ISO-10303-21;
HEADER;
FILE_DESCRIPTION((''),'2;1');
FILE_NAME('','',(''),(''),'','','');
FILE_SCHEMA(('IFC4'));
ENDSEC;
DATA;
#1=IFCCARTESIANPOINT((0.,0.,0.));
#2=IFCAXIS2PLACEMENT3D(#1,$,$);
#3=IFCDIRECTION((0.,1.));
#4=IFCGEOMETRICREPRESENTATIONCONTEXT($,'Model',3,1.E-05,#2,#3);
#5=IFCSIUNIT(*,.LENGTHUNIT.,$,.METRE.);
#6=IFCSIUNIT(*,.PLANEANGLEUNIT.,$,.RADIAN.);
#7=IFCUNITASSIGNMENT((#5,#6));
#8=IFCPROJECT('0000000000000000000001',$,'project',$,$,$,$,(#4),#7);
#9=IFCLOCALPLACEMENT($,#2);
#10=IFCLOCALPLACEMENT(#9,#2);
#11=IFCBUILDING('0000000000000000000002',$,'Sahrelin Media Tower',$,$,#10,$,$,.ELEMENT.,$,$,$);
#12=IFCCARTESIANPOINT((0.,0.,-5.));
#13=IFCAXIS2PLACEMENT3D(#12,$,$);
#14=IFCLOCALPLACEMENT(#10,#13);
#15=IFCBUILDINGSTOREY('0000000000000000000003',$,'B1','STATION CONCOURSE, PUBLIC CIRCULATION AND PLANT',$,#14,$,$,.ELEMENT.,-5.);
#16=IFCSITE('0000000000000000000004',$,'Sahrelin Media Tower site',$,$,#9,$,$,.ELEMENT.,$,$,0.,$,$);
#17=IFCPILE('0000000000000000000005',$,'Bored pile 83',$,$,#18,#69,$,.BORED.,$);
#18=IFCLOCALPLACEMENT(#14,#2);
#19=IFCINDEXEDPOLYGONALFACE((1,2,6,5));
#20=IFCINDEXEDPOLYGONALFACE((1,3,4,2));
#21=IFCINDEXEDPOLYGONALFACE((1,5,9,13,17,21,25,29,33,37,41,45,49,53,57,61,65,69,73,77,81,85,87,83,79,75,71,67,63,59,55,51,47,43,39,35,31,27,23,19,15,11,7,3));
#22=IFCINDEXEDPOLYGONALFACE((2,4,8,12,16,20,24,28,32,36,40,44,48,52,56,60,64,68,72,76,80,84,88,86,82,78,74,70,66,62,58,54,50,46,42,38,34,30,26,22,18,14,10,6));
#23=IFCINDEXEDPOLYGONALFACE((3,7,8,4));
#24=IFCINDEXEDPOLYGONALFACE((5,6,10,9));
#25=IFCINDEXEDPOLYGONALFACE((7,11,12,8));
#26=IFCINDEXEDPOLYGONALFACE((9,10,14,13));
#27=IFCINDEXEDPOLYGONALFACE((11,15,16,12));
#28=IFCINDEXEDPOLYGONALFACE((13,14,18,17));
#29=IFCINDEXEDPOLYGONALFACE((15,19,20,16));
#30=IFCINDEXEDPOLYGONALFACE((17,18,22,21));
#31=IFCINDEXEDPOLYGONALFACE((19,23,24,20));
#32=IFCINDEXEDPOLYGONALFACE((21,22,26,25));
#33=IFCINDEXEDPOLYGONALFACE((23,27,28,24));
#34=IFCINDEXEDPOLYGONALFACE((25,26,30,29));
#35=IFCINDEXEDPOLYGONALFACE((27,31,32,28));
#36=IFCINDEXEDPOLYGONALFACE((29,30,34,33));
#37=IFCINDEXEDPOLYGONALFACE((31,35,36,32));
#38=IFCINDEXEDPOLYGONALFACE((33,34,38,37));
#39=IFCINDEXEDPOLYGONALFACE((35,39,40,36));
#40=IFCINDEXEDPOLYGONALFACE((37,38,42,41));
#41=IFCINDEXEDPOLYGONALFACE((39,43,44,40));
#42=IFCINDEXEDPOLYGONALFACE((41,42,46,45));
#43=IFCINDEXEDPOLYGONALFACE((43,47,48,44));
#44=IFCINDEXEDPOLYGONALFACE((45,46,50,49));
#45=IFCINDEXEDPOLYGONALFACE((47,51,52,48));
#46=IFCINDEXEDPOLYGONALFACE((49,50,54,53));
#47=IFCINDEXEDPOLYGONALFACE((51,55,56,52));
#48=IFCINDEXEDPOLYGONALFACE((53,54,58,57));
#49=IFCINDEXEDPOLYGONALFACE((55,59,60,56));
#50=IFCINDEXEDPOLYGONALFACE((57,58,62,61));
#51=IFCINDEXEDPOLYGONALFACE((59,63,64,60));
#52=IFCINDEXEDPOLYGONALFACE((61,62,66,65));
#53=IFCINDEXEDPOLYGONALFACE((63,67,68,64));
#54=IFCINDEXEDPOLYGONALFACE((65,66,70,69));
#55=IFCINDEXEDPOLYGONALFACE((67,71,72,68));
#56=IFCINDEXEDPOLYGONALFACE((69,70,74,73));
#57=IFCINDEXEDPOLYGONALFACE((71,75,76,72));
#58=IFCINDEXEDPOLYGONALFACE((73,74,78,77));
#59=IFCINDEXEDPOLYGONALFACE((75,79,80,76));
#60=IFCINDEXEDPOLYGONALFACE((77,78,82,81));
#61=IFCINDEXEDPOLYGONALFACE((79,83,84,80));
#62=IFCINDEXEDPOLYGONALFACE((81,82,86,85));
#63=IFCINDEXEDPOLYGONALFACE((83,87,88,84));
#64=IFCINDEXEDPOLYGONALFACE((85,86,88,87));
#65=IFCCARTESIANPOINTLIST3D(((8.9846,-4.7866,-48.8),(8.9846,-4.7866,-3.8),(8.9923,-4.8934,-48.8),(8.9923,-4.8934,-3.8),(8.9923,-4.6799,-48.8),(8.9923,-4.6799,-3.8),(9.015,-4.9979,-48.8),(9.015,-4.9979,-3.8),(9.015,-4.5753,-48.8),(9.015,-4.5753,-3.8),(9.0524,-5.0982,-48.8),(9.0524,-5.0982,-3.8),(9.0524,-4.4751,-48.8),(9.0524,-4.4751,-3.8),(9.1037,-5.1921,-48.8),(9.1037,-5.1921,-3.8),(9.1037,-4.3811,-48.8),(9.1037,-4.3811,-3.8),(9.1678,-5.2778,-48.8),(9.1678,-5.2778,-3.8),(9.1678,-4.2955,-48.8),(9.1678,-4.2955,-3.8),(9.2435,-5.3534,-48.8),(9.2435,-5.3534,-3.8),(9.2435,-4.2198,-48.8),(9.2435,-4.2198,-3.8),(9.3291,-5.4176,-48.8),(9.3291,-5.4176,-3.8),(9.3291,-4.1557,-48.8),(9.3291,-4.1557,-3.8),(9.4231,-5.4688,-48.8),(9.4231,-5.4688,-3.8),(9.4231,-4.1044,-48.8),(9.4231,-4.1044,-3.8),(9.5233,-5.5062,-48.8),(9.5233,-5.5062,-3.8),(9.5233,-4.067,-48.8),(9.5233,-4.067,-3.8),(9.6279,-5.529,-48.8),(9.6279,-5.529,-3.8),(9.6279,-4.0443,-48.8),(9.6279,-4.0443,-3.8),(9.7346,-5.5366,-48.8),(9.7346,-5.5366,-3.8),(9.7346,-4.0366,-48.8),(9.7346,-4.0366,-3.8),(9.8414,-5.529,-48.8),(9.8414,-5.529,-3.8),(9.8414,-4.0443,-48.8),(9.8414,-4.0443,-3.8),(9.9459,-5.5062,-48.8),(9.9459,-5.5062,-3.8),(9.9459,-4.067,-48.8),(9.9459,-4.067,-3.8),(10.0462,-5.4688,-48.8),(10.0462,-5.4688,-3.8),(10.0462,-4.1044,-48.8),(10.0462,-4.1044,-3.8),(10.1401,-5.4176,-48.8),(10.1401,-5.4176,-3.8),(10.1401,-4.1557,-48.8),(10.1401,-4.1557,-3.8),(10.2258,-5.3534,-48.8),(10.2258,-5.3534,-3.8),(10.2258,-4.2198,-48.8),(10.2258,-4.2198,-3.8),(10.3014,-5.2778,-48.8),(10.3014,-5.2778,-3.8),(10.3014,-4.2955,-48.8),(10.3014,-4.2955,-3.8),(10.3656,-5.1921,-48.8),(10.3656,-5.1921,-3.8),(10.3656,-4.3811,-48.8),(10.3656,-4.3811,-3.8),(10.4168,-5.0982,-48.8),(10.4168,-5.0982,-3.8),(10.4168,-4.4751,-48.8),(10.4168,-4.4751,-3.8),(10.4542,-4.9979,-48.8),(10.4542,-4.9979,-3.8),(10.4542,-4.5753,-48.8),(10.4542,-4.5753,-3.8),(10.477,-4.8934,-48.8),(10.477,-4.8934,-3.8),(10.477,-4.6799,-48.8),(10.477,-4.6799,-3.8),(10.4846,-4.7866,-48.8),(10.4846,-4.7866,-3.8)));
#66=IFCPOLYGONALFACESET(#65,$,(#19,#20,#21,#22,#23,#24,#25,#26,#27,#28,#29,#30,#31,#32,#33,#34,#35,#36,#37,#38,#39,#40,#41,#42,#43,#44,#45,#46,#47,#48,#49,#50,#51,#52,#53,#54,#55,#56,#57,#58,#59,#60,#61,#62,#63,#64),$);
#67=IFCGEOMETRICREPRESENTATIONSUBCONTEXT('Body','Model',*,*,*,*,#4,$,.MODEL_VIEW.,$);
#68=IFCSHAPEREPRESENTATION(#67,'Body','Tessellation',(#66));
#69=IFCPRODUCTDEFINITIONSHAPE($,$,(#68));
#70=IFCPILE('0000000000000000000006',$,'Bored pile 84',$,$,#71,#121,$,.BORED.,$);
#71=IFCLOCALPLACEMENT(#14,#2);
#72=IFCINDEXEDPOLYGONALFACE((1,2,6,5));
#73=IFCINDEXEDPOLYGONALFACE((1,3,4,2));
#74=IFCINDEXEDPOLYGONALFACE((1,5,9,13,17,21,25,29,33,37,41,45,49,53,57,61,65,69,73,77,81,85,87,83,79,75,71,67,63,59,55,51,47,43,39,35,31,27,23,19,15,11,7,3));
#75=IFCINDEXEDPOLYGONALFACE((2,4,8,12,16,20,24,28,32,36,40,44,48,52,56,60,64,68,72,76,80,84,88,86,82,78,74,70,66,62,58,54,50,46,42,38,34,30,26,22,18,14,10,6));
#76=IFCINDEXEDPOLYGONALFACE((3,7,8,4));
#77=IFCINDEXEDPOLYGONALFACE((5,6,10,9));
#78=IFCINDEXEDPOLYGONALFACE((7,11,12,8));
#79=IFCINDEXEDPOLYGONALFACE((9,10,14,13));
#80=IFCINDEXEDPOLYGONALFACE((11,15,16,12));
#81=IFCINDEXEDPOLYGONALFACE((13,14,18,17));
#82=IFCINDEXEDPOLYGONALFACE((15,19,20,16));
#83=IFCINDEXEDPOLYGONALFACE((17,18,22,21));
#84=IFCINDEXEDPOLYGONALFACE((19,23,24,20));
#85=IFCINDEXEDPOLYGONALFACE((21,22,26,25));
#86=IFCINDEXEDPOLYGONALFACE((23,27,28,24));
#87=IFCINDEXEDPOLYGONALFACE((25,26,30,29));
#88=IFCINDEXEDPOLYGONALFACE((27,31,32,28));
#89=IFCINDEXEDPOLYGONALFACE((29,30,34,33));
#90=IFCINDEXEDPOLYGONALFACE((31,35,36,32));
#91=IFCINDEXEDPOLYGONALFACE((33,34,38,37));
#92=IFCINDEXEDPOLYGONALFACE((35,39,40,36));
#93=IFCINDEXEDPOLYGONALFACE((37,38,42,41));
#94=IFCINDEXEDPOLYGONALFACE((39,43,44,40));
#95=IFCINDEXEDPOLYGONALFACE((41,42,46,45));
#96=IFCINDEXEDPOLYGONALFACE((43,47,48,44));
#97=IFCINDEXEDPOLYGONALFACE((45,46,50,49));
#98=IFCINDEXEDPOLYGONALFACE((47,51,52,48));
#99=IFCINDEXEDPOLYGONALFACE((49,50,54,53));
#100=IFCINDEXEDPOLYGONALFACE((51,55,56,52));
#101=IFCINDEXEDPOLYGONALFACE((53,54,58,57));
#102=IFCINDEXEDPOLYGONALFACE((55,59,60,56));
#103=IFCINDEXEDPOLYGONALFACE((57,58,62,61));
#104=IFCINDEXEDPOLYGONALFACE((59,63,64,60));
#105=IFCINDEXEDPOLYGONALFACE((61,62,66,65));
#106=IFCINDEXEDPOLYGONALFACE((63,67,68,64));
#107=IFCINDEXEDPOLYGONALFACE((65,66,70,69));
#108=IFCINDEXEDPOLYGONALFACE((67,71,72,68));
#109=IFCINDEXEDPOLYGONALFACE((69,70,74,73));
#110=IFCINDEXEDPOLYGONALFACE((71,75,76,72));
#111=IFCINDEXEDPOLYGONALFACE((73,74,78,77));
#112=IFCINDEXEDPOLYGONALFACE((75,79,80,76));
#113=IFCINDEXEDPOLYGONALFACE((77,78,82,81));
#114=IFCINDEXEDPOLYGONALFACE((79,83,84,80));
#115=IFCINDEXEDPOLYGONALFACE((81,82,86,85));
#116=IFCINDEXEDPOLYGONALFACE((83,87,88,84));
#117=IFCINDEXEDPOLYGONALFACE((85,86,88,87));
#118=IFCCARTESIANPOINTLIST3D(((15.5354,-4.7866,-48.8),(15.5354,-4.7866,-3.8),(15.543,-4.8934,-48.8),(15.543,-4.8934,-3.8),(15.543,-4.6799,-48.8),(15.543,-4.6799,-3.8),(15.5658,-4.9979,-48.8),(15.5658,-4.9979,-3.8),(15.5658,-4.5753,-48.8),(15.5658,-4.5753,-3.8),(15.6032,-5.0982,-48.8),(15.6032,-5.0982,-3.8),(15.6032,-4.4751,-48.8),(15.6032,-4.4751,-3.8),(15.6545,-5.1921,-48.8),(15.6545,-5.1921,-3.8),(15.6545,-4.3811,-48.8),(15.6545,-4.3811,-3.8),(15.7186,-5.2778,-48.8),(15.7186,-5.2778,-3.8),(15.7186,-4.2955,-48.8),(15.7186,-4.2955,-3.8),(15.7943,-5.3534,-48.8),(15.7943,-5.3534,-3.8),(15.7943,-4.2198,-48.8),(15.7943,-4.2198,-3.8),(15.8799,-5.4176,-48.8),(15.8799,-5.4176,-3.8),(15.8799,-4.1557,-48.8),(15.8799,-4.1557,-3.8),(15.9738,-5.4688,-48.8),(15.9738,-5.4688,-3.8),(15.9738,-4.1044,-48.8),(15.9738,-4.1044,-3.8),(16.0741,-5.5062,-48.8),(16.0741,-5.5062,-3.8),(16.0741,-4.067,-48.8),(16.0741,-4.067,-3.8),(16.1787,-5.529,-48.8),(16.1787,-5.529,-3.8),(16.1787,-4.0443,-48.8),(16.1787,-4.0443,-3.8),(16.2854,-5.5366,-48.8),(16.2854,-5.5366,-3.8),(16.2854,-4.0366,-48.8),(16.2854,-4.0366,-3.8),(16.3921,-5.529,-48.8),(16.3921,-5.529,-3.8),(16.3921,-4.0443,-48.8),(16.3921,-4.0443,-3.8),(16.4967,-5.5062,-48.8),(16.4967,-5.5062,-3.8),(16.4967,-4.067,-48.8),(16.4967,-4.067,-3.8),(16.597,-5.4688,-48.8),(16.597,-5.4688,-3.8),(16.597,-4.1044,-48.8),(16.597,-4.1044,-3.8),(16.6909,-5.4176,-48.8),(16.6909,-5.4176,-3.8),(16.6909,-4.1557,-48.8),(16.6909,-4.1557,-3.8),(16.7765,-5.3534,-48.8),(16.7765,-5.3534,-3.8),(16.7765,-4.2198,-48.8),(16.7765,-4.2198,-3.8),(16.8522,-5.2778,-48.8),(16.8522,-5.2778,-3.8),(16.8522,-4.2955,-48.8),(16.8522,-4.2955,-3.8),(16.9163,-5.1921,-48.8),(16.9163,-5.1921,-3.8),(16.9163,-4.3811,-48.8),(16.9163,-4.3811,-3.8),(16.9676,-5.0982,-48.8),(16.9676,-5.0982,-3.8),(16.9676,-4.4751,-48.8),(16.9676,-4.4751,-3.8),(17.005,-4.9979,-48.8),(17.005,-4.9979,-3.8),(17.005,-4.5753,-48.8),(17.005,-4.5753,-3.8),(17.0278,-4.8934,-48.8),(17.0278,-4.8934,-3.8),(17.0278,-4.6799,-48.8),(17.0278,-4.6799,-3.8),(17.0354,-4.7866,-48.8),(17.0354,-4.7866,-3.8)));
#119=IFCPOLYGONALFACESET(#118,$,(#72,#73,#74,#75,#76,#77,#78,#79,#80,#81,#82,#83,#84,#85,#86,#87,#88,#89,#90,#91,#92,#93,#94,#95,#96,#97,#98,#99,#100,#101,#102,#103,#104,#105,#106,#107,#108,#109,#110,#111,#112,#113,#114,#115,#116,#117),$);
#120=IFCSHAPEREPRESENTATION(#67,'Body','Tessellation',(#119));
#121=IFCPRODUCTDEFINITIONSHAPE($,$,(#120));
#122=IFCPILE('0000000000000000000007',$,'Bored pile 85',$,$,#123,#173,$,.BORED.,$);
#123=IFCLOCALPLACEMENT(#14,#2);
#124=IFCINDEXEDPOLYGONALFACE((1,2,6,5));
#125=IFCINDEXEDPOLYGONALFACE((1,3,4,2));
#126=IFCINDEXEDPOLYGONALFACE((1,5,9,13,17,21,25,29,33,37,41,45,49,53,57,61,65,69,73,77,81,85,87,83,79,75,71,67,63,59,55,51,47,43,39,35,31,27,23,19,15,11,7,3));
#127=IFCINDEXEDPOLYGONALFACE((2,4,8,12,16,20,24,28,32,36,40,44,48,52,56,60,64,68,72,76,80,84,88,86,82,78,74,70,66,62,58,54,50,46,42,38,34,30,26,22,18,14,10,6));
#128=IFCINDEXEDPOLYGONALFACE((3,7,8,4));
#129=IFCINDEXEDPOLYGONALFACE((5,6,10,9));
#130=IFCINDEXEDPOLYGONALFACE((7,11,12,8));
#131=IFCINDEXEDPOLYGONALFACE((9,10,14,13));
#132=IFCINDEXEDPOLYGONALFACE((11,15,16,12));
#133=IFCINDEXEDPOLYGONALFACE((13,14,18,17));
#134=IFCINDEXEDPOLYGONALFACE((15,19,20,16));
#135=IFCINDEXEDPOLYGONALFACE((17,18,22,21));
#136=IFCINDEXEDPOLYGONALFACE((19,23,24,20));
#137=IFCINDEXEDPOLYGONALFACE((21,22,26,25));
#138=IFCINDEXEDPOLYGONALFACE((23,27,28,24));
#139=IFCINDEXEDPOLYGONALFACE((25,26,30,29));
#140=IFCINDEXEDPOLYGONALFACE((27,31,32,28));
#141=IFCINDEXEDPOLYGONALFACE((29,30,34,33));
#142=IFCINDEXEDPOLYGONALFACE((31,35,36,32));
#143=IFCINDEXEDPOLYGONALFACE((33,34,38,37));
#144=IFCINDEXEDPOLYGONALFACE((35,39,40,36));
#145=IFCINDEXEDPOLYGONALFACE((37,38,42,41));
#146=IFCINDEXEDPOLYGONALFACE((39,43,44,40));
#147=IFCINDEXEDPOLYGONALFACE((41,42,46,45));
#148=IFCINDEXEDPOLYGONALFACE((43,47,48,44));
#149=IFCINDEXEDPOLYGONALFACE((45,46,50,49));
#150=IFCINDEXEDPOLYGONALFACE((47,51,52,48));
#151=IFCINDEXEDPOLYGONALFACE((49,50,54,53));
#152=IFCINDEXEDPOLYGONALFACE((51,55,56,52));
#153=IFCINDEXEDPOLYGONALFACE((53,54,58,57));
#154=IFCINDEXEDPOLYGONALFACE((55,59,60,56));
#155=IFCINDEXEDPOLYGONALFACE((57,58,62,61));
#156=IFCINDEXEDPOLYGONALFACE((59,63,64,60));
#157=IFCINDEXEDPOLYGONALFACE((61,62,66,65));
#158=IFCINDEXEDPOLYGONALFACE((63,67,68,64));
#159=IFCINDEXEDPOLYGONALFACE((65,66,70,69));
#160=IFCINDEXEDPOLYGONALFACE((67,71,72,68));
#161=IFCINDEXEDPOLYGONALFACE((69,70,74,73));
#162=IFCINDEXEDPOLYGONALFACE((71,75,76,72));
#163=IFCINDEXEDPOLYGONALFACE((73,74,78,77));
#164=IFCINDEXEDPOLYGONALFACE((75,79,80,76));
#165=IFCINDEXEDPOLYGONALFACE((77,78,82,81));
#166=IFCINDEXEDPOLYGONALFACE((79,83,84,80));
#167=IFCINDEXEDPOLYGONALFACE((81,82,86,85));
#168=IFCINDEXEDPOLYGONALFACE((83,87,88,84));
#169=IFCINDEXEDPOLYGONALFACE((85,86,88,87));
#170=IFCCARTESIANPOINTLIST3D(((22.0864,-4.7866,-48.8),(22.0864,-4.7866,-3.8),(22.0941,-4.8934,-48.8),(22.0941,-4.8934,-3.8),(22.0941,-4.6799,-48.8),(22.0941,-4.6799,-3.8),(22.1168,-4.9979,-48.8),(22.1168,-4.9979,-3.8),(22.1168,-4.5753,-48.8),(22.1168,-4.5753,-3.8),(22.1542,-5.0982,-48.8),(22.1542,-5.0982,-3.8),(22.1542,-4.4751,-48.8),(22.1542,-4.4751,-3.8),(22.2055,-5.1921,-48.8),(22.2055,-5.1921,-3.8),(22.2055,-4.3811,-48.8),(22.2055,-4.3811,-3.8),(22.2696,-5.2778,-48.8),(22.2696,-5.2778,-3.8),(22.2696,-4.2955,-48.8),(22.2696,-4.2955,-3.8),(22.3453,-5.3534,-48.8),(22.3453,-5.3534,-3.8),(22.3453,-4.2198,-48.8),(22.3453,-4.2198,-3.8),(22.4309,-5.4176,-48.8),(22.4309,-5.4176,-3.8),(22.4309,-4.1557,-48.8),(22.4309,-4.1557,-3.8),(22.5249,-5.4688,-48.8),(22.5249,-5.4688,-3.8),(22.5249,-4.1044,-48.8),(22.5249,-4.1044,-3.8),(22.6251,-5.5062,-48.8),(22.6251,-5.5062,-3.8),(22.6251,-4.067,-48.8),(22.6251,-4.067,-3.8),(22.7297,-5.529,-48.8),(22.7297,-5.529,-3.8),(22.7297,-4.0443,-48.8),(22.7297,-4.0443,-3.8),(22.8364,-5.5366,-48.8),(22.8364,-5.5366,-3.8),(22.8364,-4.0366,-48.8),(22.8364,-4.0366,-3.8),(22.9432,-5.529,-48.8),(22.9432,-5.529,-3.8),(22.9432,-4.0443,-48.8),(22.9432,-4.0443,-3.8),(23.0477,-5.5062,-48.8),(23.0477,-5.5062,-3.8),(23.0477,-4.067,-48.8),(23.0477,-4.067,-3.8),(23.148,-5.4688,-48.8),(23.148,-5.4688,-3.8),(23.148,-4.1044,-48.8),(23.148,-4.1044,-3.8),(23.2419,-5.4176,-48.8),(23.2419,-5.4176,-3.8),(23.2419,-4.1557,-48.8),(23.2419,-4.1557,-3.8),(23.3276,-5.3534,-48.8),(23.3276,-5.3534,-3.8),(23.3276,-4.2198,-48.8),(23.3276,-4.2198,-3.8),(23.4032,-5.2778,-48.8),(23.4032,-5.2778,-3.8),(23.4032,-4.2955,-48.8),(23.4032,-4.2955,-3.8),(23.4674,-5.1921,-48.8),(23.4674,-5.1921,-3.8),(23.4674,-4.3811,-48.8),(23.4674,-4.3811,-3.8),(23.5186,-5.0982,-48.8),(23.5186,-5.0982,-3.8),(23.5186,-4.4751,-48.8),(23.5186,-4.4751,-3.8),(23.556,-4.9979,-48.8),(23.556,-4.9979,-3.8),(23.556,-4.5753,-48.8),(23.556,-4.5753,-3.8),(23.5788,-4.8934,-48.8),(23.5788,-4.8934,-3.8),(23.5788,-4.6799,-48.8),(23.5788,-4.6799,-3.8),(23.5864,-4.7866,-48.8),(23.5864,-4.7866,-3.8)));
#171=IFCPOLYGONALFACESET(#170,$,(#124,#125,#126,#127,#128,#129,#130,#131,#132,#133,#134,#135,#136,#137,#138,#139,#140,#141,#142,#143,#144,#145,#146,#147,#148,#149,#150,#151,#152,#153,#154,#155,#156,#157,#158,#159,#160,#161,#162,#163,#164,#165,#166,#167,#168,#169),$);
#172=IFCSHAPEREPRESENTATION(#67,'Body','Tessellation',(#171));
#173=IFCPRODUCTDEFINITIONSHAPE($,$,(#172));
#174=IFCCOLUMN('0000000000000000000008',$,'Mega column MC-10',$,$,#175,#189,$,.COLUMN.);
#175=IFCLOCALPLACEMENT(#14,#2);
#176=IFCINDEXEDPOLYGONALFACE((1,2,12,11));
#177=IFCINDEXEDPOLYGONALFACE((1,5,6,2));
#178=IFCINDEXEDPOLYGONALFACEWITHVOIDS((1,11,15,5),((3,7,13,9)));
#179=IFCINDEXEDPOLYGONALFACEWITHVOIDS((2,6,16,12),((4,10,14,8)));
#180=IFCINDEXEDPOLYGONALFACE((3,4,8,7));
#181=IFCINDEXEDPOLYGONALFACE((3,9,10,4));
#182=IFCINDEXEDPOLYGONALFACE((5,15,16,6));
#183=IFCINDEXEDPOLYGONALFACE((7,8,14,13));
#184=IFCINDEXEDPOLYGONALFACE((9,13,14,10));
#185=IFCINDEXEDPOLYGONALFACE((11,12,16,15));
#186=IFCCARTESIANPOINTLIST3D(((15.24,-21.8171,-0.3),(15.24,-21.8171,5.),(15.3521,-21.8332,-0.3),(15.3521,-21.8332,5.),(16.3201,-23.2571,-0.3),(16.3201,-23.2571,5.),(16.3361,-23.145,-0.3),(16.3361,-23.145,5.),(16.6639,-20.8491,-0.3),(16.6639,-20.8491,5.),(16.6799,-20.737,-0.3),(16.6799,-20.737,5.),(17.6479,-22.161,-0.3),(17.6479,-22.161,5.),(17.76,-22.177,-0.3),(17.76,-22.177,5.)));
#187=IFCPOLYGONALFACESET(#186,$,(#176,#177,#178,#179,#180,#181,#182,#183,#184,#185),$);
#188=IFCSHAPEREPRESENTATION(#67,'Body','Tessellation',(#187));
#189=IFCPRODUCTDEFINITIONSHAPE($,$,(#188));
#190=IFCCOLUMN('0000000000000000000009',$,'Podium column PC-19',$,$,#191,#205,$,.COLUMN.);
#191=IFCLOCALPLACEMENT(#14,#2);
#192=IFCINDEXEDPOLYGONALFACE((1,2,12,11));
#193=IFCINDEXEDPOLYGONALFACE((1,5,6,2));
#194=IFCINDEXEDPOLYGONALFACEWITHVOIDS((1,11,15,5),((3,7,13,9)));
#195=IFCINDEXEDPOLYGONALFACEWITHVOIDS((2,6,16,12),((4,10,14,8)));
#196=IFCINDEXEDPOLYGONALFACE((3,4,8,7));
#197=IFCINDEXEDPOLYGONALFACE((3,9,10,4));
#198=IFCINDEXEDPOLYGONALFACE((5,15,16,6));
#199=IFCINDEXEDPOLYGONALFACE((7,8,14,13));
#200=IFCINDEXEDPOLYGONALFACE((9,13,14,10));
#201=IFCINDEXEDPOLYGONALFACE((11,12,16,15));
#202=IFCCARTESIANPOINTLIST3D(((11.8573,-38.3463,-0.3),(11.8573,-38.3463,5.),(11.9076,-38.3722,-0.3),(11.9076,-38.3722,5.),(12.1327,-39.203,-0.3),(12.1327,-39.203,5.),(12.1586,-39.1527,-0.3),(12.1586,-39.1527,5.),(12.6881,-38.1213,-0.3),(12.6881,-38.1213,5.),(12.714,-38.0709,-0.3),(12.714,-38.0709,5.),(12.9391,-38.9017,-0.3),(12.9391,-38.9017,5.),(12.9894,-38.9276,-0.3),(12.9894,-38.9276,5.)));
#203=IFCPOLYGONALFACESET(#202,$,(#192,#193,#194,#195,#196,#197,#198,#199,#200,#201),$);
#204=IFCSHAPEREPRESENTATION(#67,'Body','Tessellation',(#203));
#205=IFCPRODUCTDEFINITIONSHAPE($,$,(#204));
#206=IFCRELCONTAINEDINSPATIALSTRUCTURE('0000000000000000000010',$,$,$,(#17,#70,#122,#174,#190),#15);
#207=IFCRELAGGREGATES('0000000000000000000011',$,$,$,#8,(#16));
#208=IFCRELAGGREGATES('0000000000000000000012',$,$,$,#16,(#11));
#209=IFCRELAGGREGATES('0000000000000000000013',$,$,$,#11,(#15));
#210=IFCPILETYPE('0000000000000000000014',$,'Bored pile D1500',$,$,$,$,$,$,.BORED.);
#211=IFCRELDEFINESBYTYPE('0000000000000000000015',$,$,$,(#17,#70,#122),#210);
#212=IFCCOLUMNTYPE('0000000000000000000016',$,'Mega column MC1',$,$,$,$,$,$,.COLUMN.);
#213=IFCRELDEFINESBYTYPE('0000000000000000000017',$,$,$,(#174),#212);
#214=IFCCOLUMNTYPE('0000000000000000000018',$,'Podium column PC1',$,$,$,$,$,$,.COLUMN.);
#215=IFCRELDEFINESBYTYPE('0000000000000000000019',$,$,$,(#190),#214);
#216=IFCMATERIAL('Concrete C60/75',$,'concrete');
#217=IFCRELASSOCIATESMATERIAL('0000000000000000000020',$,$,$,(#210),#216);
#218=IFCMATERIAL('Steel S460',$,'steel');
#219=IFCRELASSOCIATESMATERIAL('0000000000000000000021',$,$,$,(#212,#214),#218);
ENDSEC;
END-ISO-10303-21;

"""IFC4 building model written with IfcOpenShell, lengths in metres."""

from ifc_helpers import new_model, si_unit, direction, frame, origin, origin_2d, place, context, subcontext, project, spatial, hollow_rectangle, circle, extrude, material, material_profile, profile_set, type_object, element, save


model = new_model("IFC4")

# Units and contexts
model_context = context("Model", 3, precision=1e-05, world=origin(), true_north=direction((0.0, 1.0)))
body_context = subcontext(model_context, "Body", "Model", "MODEL_VIEW")
ifc_project = project(units=[si_unit("LENGTHUNIT", "METRE"), si_unit("PLANEANGLEUNIT", "RADIAN")], contexts=[model_context])

# Site, building, storey
site_placement = place(None, origin())
site = spatial("IfcSite", under=ifc_project, at=site_placement, Name="Sahrelin Media Tower site", CompositionType="ELEMENT", RefElevation=0.0)
building_placement = place(site_placement, origin())
building = spatial("IfcBuilding", under=site, at=building_placement, Name="Sahrelin Media Tower", CompositionType="ELEMENT")
storey_placement = place(building_placement, frame((0.0, 0.0, -5.0)))
storey = spatial("IfcBuildingStorey", under=building, at=storey_placement, Name="B1", Description="STATION CONCOURSE, PUBLIC CIRCULATION AND PLANT", CompositionType="ELEMENT", Elevation=-5.0)

# Piles
ifc_material_1 = material(Name="Concrete C60/75", Category="concrete")
ifc_material_profile_1 = material_profile(ifc_material_1, circle(Radius=0.75, at=origin_2d()), Name="Bored pile D1500")
ifc_profile_set_1 = profile_set([ifc_material_profile_1], Name="Concrete C60/75")
pile_type = type_object("IfcPileType", Name="Bored pile D1500", PredefinedType="BORED", material=ifc_profile_set_1)
for number, where, z_axis, x_axis, name in (
    (1, (9.7346, -4.7866, -3.8), (0.0, 0.0, -1.0), (1.0, 0.0, 0.0), "Bored pile 83"),
    (2, (16.2854, -4.7866, -3.8), (0.0, 0.0, -1.0), (1.0, 0.0, 0.0), "Bored pile 84"),
    (3, (22.8364, -4.7866, -3.8), (0.0, 0.0, -1.0), (1.0, 0.0, 0.0), "Bored pile 85"),
):
    element("IfcPile", number, at=place(storey_placement, frame(where, z_axis=z_axis, x_axis=x_axis)), inside=storey, type_object=pile_type, Name=name, PredefinedType="BORED", context=body_context, shape_type="SweptSolid", body=[
        extrude(circle(Radius=0.75, at=origin_2d()), origin(), (0.0, 0.0, 1.0), 45.0),
    ])

# Columns
ifc_material_2 = material(Name="Steel S460", Category="steel")
ifc_material_profile_2 = material_profile(ifc_material_2, hollow_rectangle(XDim=1.8, YDim=1.8, WallThickness=0.0801, at=origin_2d()), Name="Mega column MC1")
ifc_profile_set_2 = profile_set([ifc_material_profile_2], Name="Steel S460")
column_type_1 = type_object("IfcColumnType", Name="Mega column MC1", PredefinedType="COLUMN", material=ifc_profile_set_2)
column_1_placement = place(storey_placement, frame((16.5, -21.9971, -0.3), z_axis=(0.0, 0.0, 1.0), x_axis=(0.600052, -0.799961, 0.0)))
element("IfcColumn", 4, at=column_1_placement, inside=storey, type_object=column_type_1, Name="Mega column MC-10", PredefinedType="COLUMN", context=body_context, shape_type="SweptSolid", body=[
    extrude(hollow_rectangle(XDim=1.8, YDim=1.8, WallThickness=0.0801, at=origin_2d()), origin(), (0.0, 0.0, 1.0), 5.3),
])
ifc_material_profile_3 = material_profile(ifc_material_2, hollow_rectangle(XDim=0.8999, YDim=0.8999, WallThickness=0.04, at=origin_2d()), Name="Podium column PC1")
ifc_profile_set_3 = profile_set([ifc_material_profile_3], Name="Steel S460")
column_type_2 = type_object("IfcColumnType", Name="Podium column PC1", PredefinedType="COLUMN", material=ifc_profile_set_3)
column_2_placement = place(storey_placement, frame((12.4233, -38.637, -0.3), z_axis=(0.0, 0.0, 1.0), x_axis=(0.306104, -0.951998, 0.0)))
element("IfcColumn", 5, at=column_2_placement, inside=storey, type_object=column_type_2, Name="Podium column PC-19", PredefinedType="COLUMN", context=body_context, shape_type="SweptSolid", body=[
    extrude(hollow_rectangle(XDim=0.8999, YDim=0.8999, WallThickness=0.04, at=origin_2d()), origin(), (0.0, 0.0, 1.0), 5.3),
])

save(model, "model.ifc")
